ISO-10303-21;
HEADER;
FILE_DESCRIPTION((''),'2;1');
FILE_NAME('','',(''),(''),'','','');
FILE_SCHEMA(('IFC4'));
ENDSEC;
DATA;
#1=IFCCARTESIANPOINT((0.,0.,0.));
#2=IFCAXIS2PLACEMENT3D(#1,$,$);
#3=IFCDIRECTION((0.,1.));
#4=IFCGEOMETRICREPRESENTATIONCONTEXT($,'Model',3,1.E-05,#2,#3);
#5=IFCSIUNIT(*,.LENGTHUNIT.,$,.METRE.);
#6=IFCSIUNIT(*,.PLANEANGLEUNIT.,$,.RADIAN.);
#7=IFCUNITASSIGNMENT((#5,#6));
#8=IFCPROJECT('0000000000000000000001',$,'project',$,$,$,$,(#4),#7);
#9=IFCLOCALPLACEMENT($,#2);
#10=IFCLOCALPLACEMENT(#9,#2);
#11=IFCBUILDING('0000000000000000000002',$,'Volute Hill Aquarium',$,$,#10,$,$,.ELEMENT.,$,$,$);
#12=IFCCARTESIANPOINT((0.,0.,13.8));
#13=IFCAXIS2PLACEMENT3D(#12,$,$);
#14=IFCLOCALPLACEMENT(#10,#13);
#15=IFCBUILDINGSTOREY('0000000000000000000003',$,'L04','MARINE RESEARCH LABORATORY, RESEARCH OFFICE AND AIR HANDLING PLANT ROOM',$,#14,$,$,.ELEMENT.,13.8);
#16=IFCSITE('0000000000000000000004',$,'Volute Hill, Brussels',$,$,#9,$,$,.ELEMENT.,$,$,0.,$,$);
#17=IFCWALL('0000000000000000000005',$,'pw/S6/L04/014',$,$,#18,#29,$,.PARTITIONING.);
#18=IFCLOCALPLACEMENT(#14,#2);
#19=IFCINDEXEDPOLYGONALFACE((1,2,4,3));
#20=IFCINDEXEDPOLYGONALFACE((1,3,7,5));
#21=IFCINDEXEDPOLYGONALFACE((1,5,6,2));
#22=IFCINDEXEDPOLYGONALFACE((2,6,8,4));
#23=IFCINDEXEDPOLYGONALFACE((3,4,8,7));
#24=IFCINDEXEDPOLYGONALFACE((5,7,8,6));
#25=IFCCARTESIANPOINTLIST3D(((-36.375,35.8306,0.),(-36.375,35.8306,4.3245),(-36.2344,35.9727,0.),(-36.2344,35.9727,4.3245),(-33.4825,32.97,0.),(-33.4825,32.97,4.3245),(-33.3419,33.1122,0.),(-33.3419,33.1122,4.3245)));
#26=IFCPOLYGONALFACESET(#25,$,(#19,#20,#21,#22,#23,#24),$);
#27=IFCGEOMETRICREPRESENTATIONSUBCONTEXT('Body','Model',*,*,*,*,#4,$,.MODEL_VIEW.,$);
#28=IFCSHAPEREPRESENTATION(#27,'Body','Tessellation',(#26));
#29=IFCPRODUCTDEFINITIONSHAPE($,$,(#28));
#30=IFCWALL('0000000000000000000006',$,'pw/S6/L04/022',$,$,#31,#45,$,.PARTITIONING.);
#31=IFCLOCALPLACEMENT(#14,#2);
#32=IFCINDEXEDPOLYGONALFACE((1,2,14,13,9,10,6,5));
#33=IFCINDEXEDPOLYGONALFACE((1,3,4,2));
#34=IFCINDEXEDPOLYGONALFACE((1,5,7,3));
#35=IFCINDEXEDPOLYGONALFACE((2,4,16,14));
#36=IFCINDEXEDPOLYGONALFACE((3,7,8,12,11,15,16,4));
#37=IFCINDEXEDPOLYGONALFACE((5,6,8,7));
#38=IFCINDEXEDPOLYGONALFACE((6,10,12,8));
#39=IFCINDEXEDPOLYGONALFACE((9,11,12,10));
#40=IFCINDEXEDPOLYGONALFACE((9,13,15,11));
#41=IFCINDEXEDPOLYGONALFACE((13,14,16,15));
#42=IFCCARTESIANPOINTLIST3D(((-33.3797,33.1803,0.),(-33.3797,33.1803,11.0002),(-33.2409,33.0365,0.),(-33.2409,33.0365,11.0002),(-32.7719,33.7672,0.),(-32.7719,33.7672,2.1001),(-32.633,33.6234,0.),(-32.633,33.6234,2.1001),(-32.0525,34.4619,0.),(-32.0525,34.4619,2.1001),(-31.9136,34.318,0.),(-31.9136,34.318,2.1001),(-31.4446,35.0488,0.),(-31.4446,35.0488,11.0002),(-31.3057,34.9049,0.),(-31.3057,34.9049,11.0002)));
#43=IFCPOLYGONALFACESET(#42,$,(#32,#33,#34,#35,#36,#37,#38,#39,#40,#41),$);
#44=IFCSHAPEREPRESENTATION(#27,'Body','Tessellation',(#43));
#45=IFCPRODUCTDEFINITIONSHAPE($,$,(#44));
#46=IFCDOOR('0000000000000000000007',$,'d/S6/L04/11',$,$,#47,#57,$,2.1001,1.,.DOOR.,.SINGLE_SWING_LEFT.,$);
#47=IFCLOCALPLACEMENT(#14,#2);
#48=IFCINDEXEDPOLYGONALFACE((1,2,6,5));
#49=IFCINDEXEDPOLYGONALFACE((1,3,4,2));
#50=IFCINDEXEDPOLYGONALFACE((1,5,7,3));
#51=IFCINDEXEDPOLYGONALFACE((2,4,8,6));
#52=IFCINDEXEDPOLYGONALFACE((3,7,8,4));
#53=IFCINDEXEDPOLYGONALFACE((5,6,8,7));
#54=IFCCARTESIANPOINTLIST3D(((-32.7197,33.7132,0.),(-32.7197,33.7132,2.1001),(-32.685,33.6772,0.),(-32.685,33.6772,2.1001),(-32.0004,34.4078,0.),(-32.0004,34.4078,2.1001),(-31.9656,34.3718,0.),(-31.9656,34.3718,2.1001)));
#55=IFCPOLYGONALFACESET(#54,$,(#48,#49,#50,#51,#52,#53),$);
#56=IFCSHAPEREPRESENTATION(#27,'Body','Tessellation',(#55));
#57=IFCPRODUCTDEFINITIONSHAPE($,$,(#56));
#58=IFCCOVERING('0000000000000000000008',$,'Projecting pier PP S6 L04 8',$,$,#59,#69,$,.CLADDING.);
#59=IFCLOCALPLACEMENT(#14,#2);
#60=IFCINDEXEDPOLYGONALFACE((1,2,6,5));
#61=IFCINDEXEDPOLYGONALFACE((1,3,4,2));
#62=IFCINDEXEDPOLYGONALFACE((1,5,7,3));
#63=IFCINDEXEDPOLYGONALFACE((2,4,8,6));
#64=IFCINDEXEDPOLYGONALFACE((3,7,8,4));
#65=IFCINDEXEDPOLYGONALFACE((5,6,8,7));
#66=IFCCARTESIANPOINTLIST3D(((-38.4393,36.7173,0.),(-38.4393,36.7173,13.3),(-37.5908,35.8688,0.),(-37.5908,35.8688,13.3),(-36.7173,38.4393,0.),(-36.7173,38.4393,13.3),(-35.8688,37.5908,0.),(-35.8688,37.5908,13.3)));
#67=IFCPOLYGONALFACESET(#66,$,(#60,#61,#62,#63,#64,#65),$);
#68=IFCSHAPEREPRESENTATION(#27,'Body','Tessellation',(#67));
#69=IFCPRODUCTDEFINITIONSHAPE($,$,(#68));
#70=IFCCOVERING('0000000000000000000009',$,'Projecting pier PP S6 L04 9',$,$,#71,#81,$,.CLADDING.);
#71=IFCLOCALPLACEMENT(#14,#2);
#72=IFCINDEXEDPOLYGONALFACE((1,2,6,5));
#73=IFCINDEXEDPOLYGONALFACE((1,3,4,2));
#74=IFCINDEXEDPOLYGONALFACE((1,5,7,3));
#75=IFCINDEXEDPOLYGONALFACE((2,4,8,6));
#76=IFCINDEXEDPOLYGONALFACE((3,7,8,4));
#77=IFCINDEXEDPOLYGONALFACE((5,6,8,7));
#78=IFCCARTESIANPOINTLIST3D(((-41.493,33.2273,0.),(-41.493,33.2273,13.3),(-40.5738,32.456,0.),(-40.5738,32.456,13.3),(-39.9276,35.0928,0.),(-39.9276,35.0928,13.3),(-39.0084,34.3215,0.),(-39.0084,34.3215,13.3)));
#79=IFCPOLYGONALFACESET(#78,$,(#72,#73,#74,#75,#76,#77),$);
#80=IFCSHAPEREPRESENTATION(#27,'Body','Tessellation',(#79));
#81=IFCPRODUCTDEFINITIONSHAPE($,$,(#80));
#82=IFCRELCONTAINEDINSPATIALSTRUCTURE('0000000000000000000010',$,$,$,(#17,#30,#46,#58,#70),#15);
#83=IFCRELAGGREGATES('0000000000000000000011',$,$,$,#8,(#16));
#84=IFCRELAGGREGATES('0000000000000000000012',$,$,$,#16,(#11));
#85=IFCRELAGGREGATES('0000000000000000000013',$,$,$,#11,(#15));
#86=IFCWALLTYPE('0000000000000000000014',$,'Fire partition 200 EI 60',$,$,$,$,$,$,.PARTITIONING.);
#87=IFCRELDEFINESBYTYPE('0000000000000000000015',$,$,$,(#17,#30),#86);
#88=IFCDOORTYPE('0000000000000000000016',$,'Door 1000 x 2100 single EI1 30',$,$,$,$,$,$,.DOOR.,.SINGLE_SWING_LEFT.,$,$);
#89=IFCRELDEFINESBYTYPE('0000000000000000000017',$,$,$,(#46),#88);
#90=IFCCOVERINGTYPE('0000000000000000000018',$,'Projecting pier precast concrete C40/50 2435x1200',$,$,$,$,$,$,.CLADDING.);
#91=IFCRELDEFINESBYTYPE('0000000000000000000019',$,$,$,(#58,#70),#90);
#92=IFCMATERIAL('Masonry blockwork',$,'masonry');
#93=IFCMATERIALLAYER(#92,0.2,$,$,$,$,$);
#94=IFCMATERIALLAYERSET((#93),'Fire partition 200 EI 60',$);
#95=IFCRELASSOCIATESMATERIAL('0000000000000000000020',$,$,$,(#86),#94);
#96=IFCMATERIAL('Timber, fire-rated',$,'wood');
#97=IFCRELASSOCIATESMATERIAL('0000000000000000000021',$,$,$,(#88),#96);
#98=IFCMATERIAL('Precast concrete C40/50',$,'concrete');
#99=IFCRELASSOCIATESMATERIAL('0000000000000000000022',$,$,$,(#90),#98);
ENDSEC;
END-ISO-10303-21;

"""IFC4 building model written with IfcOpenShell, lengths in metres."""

from ifc_helpers import new_model, si_unit, direction, frame, frame_2d, origin, origin_2d, place, context, subcontext, project, spatial, rectangle, extrude, material, layer, layer_set, type_object, element, fill, save


model = new_model("IFC4")

# Units and contexts
model_context = context("Model", 3, precision=1e-05, world=origin(), true_north=direction((0.0, 1.0)))
body_context = subcontext(model_context, "Body", "Model", "MODEL_VIEW")
ifc_project = project(units=[si_unit("LENGTHUNIT", "METRE"), si_unit("PLANEANGLEUNIT", "RADIAN")], contexts=[model_context])

# Site, building, storey
site_placement = place(None, origin())
site = spatial("IfcSite", under=ifc_project, at=site_placement, Name="Volute Hill, Brussels", CompositionType="ELEMENT", RefElevation=0.0)
building_placement = place(site_placement, origin())
building = spatial("IfcBuilding", under=site, at=building_placement, Name="Volute Hill Aquarium", CompositionType="ELEMENT")
storey_placement = place(building_placement, frame((0.0, 0.0, 13.8)))
storey = spatial("IfcBuildingStorey", under=building, at=storey_placement, Name="L04", Description="MARINE RESEARCH LABORATORY, RESEARCH OFFICE AND AIR HANDLING PLANT ROOM", CompositionType="ELEMENT", Elevation=13.8)

# Wall
ifc_material_1 = material(Name="Masonry blockwork", Category="masonry")
ifc_layer_1 = layer(ifc_material_1, 0.2)
ifc_layer_set_1 = layer_set([ifc_layer_1], Name="Fire partition 200 EI 60")
wall_type_1 = type_object("IfcWallType", Name="Fire partition 200 EI 60", PredefinedType="PARTITIONING", material=ifc_layer_set_1)
wall_1_placement = place(storey_placement, frame((-33.4121, 33.041, 0.0), z_axis=(0.0, 0.0, 1.0), x_axis=(-0.711027, 0.703165, 0.0)))
element("IfcWall", 1, at=wall_1_placement, inside=storey, type_object=wall_type_1, Name="pw/S6/L04/014", PredefinedType="PARTITIONING", context=body_context, shape_type="SweptSolid", body=[
    extrude(rectangle(XDim=4.0681, YDim=0.2, at=frame_2d((2.0342, 0.0))), origin(), (0.0, 0.0, 1.0), 4.3245),
])

# Wall, opening, door
wall_2_placement = place(storey_placement, frame((-33.3103, 33.1084, 0.0), z_axis=(0.0, 0.0, 1.0), x_axis=(0.719387, 0.694609, 0.0)))
wall_2 = element("IfcWall", 2, at=wall_2_placement, inside=storey, type_object=wall_type_1, Name="pw/S6/L04/022", PredefinedType="PARTITIONING", context=body_context, shape_type="SweptSolid", body=[
    extrude(rectangle(XDim=2.6899, YDim=0.2, at=frame_2d((1.345, 0.0))), origin(), (0.0, 0.0, 1.0), 11.0002),
])
opening_placement = place(wall_2_placement, frame((0.845, 0.0, 0.0)))
opening = element("IfcOpeningElement", 3, at=opening_placement, cuts=wall_2, PredefinedType="OPENING", context=body_context, shape_type="SweptSolid", body=[
    extrude(rectangle(XDim=1.0, YDim=2.1001, at=frame_2d((0.5, 1.05))), frame((0.0, 0.1099, 0.0), z_axis=(0.0, -1.0, 0.0), x_axis=(1.0, 0.0, 0.0)), (0.0, 0.0, 1.0), 0.22),
])
ifc_material_2 = material(Name="Timber, fire-rated", Category="wood")
door_type = type_object("IfcDoorType", Name="Door 1000 x 2100 single EI1 30", OperationType="SINGLE_SWING_LEFT", PredefinedType="DOOR", material=ifc_material_2)
door_placement = place(opening_placement, origin())
door = element("IfcDoor", 4, at=door_placement, inside=storey, type_object=door_type, Name="d/S6/L04/11", OperationType="SINGLE_SWING_LEFT", OverallHeight=2.1001, OverallWidth=1.0, PredefinedType="DOOR", context=body_context, shape_type="SweptSolid", body=[
    extrude(rectangle(XDim=1.0, YDim=2.1001, at=frame_2d((0.5, 1.05))), frame((0.0, 0.0249, 0.0), z_axis=(0.0, -1.0, 0.0), x_axis=(1.0, 0.0, 0.0)), (0.0, 0.0, 1.0), 0.05),
])
fill(opening, door)

# Coverings
ifc_material_3 = material(Name="Precast concrete C40/50", Category="concrete")
covering_type = type_object("IfcCoveringType", Name="Projecting pier precast concrete C40/50 2435x1200", PredefinedType="CLADDING", material=ifc_material_3)
for number, where, z_axis, x_axis, name in (
    (5, (-37.1541, 37.1541, 0.0), (0.0, 0.0, 1.0), (-0.707107, -0.707107, 0.0), "Projecting pier PP S6 L04 8"),
    (6, (-40.2507, 33.7744, 0.0), (0.0, 0.0, 1.0), (-0.642788, -0.766044, 0.0), "Projecting pier PP S6 L04 9"),
):
    element("IfcCovering", number, at=place(storey_placement, frame(where, z_axis=z_axis, x_axis=x_axis)), inside=storey, type_object=covering_type, Name=name, PredefinedType="CLADDING", context=body_context, shape_type="SweptSolid", body=[
        extrude(rectangle(XDim=2.4353, YDim=1.2, at=origin_2d()), origin(), (0.0, 0.0, 1.0), 13.3),
    ])

save(model, "model.ifc")
